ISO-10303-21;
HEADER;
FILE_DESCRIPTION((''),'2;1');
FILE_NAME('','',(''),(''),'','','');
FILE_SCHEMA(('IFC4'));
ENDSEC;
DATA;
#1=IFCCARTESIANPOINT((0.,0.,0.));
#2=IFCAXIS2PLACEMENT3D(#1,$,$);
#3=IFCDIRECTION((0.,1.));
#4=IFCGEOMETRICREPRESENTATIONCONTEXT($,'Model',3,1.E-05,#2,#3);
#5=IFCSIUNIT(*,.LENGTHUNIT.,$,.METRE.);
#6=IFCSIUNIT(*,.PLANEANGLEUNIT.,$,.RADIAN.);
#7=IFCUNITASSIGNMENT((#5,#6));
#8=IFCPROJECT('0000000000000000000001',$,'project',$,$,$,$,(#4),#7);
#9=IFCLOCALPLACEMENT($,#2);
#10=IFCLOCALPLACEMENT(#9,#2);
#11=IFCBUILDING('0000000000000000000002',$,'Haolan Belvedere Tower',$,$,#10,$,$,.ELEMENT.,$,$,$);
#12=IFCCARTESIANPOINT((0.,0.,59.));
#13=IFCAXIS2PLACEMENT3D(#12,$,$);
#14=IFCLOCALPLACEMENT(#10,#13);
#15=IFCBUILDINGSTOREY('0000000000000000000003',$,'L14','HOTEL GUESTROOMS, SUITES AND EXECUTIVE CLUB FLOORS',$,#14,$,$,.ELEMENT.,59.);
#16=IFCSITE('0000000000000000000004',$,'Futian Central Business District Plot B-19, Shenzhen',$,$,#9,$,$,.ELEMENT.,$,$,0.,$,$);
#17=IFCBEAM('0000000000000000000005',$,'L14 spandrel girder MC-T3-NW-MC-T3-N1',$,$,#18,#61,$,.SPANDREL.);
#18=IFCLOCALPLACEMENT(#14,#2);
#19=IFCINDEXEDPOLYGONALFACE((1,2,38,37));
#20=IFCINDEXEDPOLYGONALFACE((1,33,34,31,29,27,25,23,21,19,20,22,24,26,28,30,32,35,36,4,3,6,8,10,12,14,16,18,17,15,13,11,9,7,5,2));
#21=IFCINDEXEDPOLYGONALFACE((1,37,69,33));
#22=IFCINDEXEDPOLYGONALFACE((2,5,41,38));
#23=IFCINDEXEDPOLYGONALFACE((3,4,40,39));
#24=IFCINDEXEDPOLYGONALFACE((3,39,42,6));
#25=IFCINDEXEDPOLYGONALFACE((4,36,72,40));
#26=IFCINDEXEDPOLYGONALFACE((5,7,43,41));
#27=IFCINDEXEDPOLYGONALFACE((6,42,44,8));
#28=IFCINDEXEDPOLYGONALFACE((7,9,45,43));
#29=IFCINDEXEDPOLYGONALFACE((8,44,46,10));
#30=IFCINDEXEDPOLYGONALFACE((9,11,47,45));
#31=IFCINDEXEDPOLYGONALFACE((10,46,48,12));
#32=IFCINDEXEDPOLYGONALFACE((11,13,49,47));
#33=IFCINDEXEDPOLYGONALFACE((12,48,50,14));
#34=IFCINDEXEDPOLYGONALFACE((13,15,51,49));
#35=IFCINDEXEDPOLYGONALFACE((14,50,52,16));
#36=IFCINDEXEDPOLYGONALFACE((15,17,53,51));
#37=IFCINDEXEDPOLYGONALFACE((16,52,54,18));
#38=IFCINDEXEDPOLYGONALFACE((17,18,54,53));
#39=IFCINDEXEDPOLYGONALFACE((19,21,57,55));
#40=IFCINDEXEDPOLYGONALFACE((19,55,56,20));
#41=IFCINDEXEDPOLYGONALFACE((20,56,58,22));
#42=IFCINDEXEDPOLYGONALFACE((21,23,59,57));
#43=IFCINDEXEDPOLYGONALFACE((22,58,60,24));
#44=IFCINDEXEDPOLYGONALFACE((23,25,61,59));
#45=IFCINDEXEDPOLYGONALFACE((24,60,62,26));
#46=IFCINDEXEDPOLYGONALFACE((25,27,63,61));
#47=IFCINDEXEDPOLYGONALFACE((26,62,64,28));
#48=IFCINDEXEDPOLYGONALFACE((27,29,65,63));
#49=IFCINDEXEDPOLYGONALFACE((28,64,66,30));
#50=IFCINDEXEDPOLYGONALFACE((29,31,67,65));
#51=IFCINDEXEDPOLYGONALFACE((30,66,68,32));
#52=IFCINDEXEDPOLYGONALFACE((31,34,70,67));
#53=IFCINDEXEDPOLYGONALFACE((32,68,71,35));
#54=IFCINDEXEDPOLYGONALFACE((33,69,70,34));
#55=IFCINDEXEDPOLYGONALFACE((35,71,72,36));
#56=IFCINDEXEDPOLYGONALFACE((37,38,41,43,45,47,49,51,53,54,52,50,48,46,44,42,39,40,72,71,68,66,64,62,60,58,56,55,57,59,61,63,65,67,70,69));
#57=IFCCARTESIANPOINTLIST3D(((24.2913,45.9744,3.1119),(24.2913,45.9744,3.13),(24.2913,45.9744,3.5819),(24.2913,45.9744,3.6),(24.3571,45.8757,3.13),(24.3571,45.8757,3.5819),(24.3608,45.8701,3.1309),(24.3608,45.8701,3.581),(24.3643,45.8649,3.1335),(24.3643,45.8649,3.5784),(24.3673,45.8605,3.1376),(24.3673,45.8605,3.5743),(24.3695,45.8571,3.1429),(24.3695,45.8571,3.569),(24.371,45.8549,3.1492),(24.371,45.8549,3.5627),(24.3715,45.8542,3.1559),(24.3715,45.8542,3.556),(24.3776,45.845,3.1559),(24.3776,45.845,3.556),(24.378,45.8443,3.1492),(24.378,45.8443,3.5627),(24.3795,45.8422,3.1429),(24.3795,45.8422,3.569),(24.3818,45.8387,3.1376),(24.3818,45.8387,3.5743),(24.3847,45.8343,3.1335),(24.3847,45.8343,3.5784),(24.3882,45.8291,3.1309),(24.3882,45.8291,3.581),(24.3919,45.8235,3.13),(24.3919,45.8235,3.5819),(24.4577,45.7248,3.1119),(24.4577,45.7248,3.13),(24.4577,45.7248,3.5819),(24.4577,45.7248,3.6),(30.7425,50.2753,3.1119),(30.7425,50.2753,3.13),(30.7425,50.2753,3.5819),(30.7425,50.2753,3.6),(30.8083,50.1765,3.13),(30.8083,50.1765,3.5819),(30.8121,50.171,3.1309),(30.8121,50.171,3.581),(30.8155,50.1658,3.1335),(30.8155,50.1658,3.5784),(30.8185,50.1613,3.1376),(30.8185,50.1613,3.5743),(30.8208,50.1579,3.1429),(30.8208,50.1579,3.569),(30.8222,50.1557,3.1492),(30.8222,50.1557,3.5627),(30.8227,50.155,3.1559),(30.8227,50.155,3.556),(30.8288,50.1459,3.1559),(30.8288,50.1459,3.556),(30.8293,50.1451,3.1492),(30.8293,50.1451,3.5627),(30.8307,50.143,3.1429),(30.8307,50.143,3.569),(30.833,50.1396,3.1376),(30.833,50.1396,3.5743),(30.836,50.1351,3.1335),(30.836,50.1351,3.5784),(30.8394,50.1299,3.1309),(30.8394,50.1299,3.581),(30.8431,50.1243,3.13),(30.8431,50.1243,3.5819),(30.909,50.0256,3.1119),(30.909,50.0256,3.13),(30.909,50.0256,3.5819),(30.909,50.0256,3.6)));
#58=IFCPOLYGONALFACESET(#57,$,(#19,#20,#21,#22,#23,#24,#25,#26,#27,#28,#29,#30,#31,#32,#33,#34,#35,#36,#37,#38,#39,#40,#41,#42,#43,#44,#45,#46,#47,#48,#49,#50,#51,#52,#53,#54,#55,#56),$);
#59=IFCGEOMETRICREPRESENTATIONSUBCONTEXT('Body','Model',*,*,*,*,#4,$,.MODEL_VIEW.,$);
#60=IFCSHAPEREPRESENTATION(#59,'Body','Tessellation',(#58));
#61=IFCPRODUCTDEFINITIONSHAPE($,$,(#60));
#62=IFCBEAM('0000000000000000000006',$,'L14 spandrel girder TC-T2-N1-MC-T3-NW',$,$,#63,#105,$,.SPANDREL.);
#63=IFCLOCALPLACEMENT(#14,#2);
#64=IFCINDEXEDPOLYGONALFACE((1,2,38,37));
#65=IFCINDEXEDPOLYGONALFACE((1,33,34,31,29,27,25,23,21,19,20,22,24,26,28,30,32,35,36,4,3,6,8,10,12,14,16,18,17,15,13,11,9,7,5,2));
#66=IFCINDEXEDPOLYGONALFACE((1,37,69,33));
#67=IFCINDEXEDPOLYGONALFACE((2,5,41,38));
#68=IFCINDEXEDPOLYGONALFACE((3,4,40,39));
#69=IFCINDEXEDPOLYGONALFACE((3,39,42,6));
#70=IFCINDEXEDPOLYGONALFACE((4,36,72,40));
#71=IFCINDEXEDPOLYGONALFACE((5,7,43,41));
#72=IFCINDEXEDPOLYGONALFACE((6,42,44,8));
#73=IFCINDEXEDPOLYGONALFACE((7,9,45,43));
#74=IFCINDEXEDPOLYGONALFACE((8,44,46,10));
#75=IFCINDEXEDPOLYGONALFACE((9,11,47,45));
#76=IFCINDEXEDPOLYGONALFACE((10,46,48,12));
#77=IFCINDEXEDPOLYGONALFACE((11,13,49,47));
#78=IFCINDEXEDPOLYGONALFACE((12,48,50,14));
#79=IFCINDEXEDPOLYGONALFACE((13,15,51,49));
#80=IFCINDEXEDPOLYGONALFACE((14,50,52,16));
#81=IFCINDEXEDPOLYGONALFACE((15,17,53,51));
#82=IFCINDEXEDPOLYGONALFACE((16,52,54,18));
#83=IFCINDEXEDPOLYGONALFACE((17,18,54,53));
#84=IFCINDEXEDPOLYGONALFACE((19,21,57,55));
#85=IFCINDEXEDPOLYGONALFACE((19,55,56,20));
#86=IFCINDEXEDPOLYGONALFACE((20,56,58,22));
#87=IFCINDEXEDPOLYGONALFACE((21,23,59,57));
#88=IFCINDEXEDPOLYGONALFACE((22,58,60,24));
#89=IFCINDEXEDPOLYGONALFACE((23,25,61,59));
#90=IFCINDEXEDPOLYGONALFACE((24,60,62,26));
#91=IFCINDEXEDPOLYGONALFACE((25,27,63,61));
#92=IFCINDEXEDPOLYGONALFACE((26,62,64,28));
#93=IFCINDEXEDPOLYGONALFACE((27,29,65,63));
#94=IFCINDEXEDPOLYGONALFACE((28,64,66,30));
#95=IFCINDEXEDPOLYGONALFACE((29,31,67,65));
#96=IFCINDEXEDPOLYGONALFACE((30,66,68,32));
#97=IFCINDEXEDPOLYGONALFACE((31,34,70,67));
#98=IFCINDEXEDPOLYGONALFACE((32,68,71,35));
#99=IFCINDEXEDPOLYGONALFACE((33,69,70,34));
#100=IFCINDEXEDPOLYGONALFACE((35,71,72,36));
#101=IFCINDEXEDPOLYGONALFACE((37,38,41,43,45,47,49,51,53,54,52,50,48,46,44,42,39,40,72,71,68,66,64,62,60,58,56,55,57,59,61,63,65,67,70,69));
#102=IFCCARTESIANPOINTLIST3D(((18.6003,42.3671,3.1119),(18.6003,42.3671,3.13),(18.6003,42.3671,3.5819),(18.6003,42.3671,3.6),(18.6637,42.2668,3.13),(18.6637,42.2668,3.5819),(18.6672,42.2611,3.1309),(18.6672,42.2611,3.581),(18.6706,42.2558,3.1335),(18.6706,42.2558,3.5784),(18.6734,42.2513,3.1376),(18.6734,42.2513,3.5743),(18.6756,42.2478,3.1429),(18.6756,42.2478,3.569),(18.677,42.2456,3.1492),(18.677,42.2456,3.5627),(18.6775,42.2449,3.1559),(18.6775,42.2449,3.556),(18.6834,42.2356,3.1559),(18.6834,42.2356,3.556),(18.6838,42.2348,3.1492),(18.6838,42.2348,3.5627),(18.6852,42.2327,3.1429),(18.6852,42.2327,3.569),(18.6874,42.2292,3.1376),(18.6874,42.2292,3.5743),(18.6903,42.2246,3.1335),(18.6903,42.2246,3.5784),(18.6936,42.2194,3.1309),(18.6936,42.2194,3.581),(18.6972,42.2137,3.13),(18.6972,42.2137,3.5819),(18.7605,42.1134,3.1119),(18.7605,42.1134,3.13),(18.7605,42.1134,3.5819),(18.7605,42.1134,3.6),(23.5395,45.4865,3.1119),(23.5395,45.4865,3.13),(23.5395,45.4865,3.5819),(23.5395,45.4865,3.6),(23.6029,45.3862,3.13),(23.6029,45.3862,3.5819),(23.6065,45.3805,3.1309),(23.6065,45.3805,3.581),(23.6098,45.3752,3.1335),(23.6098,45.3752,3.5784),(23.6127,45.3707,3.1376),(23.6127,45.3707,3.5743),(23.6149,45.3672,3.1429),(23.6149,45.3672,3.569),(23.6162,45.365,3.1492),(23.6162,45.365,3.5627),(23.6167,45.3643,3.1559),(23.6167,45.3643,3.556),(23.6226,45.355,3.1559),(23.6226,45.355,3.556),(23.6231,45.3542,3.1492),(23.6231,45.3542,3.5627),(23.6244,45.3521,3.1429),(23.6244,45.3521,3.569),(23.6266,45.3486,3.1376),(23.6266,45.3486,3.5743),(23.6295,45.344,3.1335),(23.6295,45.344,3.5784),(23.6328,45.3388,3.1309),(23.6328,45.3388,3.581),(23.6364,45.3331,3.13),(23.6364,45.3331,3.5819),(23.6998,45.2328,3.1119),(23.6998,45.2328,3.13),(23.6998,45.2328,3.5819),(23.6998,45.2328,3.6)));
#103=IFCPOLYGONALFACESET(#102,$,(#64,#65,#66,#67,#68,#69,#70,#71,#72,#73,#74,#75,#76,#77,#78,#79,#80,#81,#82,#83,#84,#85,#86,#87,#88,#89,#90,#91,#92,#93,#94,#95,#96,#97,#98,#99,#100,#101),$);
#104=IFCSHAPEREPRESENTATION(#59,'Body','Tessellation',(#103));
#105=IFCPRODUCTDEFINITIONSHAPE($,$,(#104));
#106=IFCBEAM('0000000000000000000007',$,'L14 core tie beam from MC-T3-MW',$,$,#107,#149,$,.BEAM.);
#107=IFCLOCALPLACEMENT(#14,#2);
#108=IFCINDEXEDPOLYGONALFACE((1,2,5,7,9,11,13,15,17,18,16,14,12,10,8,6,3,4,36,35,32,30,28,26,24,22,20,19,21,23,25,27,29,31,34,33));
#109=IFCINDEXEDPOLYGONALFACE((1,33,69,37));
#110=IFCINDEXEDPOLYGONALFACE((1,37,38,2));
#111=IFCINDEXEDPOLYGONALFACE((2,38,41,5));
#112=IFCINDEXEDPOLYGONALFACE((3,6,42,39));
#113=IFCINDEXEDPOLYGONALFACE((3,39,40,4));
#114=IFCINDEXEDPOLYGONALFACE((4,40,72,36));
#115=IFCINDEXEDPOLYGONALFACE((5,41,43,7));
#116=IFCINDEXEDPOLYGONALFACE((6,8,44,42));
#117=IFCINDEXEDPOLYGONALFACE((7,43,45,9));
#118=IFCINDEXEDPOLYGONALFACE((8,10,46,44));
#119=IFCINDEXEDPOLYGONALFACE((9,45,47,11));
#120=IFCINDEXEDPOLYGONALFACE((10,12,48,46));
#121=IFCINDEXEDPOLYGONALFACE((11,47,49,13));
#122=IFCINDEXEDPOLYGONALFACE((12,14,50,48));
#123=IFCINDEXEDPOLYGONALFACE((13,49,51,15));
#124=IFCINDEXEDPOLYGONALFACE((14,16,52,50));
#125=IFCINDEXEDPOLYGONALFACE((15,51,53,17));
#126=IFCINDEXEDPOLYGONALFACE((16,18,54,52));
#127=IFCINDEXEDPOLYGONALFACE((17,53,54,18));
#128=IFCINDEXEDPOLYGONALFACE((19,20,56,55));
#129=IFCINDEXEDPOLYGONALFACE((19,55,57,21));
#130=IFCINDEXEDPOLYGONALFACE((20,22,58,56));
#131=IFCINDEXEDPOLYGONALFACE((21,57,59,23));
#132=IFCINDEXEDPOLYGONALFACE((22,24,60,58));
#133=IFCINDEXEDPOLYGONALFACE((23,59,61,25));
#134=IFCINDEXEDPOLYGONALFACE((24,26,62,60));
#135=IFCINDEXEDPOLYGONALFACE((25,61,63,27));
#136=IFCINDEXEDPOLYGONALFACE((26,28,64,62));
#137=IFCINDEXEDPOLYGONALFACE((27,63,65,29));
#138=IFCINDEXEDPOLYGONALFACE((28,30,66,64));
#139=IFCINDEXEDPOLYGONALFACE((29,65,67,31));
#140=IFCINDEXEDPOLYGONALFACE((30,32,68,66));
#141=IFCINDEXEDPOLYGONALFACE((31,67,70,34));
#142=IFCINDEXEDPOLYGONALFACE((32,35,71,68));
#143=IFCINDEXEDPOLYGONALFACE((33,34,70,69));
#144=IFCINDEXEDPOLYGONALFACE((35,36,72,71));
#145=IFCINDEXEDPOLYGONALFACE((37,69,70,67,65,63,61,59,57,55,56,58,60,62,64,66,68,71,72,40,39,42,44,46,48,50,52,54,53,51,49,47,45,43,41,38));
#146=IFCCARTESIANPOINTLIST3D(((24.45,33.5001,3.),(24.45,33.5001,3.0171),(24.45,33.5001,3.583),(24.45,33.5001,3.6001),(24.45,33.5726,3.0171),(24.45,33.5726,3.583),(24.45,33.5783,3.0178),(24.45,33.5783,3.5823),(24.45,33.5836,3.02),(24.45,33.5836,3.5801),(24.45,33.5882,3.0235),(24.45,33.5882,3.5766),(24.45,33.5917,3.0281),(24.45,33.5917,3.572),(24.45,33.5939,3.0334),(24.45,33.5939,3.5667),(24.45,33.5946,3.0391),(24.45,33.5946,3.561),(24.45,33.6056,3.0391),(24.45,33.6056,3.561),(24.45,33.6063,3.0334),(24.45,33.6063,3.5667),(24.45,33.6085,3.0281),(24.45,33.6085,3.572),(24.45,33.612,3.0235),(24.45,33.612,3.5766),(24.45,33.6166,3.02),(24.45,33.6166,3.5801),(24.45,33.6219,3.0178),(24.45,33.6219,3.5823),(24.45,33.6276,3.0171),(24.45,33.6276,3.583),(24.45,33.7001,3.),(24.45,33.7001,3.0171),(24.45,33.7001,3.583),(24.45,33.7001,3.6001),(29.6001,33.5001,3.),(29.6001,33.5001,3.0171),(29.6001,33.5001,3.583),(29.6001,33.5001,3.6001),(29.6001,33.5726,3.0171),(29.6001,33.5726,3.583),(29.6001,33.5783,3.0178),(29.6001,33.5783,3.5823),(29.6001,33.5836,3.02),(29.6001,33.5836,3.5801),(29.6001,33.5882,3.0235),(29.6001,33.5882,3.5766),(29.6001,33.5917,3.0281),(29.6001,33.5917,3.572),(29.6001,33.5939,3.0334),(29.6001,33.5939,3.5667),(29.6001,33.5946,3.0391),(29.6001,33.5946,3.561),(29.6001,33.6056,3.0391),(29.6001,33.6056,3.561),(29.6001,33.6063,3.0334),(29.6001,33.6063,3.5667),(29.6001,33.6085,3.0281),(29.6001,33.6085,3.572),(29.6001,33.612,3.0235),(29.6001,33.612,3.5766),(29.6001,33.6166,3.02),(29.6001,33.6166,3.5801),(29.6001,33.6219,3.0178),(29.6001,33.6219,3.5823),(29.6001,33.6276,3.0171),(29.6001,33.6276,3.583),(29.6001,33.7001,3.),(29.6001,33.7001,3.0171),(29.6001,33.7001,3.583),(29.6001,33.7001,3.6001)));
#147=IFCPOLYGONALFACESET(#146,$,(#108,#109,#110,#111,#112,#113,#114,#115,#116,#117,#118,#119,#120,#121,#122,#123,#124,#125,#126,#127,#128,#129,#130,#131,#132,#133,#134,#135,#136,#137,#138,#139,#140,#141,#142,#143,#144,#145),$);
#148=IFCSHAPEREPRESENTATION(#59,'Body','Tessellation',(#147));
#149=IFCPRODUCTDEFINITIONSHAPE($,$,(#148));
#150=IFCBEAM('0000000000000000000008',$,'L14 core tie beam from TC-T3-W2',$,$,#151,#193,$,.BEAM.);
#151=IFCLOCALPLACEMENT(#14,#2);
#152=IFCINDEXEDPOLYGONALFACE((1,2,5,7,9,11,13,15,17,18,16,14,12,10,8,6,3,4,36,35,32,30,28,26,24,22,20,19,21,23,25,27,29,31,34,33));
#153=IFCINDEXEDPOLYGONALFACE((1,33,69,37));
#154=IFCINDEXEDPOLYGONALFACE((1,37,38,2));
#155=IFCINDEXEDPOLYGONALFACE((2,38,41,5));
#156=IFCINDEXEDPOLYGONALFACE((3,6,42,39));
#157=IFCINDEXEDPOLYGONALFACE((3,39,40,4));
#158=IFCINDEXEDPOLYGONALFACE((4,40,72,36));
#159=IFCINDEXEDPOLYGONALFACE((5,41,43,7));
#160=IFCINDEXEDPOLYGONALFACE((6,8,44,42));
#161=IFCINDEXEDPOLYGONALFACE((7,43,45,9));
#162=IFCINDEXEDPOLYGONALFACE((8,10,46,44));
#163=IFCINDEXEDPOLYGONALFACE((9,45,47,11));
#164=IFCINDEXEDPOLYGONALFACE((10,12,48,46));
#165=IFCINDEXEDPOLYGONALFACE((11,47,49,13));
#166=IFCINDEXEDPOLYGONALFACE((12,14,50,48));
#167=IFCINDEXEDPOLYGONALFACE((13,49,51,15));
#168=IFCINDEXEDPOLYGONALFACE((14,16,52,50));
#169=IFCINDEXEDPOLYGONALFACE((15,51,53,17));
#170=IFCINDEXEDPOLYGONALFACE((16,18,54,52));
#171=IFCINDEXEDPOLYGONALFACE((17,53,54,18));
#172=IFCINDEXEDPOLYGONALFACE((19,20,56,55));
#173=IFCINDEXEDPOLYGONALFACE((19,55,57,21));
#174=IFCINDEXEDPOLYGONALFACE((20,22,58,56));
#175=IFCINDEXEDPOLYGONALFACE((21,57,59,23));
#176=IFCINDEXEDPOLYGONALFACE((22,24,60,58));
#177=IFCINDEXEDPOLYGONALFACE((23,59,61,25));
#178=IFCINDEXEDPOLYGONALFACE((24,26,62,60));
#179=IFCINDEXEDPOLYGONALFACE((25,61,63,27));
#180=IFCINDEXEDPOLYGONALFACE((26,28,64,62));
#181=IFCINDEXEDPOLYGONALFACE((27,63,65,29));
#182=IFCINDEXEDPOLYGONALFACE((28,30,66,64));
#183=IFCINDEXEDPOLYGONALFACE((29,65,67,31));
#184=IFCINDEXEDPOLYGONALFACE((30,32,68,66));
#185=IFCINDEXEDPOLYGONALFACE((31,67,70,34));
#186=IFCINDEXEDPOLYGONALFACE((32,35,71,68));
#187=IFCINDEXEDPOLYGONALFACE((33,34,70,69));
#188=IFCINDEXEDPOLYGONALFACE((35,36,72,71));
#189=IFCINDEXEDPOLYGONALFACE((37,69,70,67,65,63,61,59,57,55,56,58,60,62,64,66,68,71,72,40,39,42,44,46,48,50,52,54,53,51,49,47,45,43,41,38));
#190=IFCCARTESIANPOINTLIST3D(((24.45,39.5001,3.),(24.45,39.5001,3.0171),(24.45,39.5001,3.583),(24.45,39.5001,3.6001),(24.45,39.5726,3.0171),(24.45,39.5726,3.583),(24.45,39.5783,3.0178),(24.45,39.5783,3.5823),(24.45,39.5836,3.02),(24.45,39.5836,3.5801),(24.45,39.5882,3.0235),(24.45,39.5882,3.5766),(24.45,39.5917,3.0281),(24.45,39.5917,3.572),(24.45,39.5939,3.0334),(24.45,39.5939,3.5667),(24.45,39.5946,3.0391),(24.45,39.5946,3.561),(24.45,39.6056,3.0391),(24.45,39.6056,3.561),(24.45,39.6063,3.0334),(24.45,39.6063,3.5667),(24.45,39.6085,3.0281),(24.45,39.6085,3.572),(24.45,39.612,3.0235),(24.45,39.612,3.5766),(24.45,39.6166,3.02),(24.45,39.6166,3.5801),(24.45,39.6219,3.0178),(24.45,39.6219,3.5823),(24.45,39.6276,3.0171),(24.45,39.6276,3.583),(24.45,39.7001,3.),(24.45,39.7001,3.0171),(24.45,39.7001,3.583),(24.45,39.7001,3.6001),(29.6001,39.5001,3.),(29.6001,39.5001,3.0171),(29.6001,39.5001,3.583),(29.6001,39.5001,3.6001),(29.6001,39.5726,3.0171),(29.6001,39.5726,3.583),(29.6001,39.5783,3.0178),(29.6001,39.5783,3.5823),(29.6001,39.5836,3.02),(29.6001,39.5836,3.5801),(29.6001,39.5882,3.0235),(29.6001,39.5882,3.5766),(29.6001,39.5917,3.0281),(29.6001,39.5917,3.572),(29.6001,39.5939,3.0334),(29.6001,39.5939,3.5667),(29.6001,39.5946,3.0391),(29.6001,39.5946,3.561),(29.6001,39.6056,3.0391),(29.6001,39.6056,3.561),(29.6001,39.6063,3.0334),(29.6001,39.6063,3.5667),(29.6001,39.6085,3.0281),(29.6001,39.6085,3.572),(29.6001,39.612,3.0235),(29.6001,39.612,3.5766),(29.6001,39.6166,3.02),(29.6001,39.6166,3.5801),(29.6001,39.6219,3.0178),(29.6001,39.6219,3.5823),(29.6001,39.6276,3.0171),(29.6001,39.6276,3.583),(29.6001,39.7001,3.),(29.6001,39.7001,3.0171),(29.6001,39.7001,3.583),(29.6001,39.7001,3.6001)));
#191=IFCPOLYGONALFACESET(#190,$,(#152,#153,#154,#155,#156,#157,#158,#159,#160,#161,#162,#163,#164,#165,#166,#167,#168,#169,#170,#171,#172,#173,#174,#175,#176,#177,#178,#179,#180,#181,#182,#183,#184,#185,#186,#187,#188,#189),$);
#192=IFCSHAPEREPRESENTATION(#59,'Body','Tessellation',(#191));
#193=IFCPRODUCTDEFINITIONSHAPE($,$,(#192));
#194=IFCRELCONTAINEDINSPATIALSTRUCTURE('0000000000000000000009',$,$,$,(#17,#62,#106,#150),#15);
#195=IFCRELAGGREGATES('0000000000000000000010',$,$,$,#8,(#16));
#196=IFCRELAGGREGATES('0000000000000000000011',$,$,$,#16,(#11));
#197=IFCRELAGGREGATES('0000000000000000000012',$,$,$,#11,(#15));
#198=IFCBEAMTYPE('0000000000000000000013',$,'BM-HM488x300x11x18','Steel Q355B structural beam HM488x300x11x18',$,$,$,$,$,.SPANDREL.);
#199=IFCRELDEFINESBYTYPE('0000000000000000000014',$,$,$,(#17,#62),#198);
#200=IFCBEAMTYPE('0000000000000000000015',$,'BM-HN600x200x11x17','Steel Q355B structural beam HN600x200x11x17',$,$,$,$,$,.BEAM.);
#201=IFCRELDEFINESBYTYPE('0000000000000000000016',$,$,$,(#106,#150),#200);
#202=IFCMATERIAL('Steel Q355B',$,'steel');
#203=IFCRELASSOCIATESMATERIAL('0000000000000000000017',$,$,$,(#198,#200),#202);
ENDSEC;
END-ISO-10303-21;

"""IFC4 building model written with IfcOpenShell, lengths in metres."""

from ifc_helpers import new_model, si_unit, direction, frame, origin, origin_2d, place, context, subcontext, project, spatial, i_section, extrude, material, material_profile, profile_set, type_object, element, save


model = new_model("IFC4")

# Units and contexts
model_context = context("Model", 3, precision=1e-05, world=origin(), true_north=direction((0.0, 1.0)))
body_context = subcontext(model_context, "Body", "Model", "MODEL_VIEW")
ifc_project = project(units=[si_unit("LENGTHUNIT", "METRE"), si_unit("PLANEANGLEUNIT", "RADIAN")], contexts=[model_context])

# Site, building, storey
site_placement = place(None, origin())
site = spatial("IfcSite", under=ifc_project, at=site_placement, Name="Futian Central Business District Plot B-19, Shenzhen", CompositionType="ELEMENT", RefElevation=0.0)
building_placement = place(site_placement, origin())
building = spatial("IfcBuilding", under=site, at=building_placement, Name="Haolan Belvedere Tower", CompositionType="ELEMENT")
storey_placement = place(building_placement, frame((0.0, 0.0, 59.0)))
storey = spatial("IfcBuildingStorey", under=building, at=storey_placement, Name="L14", Description="HOTEL GUESTROOMS, SUITES AND EXECUTIVE CLUB FLOORS", CompositionType="ELEMENT", Elevation=59.0)

# Shared definitions
ifc_material_1 = material(Name="Steel Q355B", Category="steel")

# Beams
ifc_material_profile_1 = material_profile(ifc_material_1, i_section(OverallWidth=0.3, OverallDepth=0.488, WebThickness=0.011, FlangeThickness=0.0181, FilletRadius=0.0259, at=origin_2d()), Name="Steel Q355B")
ifc_profile_set_1 = profile_set([ifc_material_profile_1], Name="Steel Q355B")
beam_type_1 = type_object("IfcBeamType", Name="BM-HM488x300x11x18", Description="Steel Q355B structural beam HM488x300x11x18", PredefinedType="SPANDREL", material=ifc_profile_set_1)
beam_1_placement = place(storey_placement, frame((24.3745, 45.8496, 3.356), z_axis=(0.83205, 0.5547, 0.0), x_axis=(-0.5547, 0.83205, 0.0)))
element("IfcBeam", 1, at=beam_1_placement, inside=storey, type_object=beam_type_1, Name="L14 spandrel girder MC-T3-NW-MC-T3-N1", PredefinedType="SPANDREL", context=body_context, shape_type="SweptSolid", body=[
    extrude(i_section(OverallWidth=0.3, OverallDepth=0.488, WebThickness=0.011, FlangeThickness=0.0181, FilletRadius=0.0259, at=origin_2d()), origin(), (0.0, 0.0, 1.0), 7.7534),
])
beam_2_placement = place(storey_placement, frame((18.6804, 42.2402, 3.356), z_axis=(0.845498, 0.533979, 0.0), x_axis=(-0.533979, 0.845498, 0.0)))
element("IfcBeam", 2, at=beam_2_placement, inside=storey, type_object=beam_type_1, Name="L14 spandrel girder TC-T2-N1-MC-T3-NW", PredefinedType="SPANDREL", context=body_context, shape_type="SweptSolid", body=[
    extrude(i_section(OverallWidth=0.3, OverallDepth=0.488, WebThickness=0.011, FlangeThickness=0.0181, FilletRadius=0.0259, at=origin_2d()), origin(), (0.0, 0.0, 1.0), 5.8418),
])
ifc_material_profile_2 = material_profile(ifc_material_1, i_section(OverallWidth=0.2, OverallDepth=0.6001, WebThickness=0.011, FlangeThickness=0.0171, FilletRadius=0.022, at=origin_2d()), Name="Steel Q355B")
ifc_profile_set_2 = profile_set([ifc_material_profile_2], Name="Steel Q355B")
beam_type_2 = type_object("IfcBeamType", Name="BM-HN600x200x11x17", Description="Steel Q355B structural beam HN600x200x11x17", PredefinedType="BEAM", material=ifc_profile_set_2)
for number, where, z_axis, x_axis, name in (
    (3, (24.45, 33.6001, 3.3), (1.0, 0.0, 0.0), (0.0, 1.0, 0.0), "L14 core tie beam from MC-T3-MW"),
    (4, (24.45, 39.6001, 3.3), (1.0, 0.0, 0.0), (0.0, 1.0, 0.0), "L14 core tie beam from TC-T3-W2"),
):
    element("IfcBeam", number, at=place(storey_placement, frame(where, z_axis=z_axis, x_axis=x_axis)), inside=storey, type_object=beam_type_2, Name=name, PredefinedType="BEAM", context=body_context, shape_type="SweptSolid", body=[
        extrude(i_section(OverallWidth=0.2, OverallDepth=0.6001, WebThickness=0.011, FlangeThickness=0.0171, FilletRadius=0.022, at=origin_2d()), origin(), (0.0, 0.0, 1.0), 5.1501),
    ])

save(model, "model.ifc")
